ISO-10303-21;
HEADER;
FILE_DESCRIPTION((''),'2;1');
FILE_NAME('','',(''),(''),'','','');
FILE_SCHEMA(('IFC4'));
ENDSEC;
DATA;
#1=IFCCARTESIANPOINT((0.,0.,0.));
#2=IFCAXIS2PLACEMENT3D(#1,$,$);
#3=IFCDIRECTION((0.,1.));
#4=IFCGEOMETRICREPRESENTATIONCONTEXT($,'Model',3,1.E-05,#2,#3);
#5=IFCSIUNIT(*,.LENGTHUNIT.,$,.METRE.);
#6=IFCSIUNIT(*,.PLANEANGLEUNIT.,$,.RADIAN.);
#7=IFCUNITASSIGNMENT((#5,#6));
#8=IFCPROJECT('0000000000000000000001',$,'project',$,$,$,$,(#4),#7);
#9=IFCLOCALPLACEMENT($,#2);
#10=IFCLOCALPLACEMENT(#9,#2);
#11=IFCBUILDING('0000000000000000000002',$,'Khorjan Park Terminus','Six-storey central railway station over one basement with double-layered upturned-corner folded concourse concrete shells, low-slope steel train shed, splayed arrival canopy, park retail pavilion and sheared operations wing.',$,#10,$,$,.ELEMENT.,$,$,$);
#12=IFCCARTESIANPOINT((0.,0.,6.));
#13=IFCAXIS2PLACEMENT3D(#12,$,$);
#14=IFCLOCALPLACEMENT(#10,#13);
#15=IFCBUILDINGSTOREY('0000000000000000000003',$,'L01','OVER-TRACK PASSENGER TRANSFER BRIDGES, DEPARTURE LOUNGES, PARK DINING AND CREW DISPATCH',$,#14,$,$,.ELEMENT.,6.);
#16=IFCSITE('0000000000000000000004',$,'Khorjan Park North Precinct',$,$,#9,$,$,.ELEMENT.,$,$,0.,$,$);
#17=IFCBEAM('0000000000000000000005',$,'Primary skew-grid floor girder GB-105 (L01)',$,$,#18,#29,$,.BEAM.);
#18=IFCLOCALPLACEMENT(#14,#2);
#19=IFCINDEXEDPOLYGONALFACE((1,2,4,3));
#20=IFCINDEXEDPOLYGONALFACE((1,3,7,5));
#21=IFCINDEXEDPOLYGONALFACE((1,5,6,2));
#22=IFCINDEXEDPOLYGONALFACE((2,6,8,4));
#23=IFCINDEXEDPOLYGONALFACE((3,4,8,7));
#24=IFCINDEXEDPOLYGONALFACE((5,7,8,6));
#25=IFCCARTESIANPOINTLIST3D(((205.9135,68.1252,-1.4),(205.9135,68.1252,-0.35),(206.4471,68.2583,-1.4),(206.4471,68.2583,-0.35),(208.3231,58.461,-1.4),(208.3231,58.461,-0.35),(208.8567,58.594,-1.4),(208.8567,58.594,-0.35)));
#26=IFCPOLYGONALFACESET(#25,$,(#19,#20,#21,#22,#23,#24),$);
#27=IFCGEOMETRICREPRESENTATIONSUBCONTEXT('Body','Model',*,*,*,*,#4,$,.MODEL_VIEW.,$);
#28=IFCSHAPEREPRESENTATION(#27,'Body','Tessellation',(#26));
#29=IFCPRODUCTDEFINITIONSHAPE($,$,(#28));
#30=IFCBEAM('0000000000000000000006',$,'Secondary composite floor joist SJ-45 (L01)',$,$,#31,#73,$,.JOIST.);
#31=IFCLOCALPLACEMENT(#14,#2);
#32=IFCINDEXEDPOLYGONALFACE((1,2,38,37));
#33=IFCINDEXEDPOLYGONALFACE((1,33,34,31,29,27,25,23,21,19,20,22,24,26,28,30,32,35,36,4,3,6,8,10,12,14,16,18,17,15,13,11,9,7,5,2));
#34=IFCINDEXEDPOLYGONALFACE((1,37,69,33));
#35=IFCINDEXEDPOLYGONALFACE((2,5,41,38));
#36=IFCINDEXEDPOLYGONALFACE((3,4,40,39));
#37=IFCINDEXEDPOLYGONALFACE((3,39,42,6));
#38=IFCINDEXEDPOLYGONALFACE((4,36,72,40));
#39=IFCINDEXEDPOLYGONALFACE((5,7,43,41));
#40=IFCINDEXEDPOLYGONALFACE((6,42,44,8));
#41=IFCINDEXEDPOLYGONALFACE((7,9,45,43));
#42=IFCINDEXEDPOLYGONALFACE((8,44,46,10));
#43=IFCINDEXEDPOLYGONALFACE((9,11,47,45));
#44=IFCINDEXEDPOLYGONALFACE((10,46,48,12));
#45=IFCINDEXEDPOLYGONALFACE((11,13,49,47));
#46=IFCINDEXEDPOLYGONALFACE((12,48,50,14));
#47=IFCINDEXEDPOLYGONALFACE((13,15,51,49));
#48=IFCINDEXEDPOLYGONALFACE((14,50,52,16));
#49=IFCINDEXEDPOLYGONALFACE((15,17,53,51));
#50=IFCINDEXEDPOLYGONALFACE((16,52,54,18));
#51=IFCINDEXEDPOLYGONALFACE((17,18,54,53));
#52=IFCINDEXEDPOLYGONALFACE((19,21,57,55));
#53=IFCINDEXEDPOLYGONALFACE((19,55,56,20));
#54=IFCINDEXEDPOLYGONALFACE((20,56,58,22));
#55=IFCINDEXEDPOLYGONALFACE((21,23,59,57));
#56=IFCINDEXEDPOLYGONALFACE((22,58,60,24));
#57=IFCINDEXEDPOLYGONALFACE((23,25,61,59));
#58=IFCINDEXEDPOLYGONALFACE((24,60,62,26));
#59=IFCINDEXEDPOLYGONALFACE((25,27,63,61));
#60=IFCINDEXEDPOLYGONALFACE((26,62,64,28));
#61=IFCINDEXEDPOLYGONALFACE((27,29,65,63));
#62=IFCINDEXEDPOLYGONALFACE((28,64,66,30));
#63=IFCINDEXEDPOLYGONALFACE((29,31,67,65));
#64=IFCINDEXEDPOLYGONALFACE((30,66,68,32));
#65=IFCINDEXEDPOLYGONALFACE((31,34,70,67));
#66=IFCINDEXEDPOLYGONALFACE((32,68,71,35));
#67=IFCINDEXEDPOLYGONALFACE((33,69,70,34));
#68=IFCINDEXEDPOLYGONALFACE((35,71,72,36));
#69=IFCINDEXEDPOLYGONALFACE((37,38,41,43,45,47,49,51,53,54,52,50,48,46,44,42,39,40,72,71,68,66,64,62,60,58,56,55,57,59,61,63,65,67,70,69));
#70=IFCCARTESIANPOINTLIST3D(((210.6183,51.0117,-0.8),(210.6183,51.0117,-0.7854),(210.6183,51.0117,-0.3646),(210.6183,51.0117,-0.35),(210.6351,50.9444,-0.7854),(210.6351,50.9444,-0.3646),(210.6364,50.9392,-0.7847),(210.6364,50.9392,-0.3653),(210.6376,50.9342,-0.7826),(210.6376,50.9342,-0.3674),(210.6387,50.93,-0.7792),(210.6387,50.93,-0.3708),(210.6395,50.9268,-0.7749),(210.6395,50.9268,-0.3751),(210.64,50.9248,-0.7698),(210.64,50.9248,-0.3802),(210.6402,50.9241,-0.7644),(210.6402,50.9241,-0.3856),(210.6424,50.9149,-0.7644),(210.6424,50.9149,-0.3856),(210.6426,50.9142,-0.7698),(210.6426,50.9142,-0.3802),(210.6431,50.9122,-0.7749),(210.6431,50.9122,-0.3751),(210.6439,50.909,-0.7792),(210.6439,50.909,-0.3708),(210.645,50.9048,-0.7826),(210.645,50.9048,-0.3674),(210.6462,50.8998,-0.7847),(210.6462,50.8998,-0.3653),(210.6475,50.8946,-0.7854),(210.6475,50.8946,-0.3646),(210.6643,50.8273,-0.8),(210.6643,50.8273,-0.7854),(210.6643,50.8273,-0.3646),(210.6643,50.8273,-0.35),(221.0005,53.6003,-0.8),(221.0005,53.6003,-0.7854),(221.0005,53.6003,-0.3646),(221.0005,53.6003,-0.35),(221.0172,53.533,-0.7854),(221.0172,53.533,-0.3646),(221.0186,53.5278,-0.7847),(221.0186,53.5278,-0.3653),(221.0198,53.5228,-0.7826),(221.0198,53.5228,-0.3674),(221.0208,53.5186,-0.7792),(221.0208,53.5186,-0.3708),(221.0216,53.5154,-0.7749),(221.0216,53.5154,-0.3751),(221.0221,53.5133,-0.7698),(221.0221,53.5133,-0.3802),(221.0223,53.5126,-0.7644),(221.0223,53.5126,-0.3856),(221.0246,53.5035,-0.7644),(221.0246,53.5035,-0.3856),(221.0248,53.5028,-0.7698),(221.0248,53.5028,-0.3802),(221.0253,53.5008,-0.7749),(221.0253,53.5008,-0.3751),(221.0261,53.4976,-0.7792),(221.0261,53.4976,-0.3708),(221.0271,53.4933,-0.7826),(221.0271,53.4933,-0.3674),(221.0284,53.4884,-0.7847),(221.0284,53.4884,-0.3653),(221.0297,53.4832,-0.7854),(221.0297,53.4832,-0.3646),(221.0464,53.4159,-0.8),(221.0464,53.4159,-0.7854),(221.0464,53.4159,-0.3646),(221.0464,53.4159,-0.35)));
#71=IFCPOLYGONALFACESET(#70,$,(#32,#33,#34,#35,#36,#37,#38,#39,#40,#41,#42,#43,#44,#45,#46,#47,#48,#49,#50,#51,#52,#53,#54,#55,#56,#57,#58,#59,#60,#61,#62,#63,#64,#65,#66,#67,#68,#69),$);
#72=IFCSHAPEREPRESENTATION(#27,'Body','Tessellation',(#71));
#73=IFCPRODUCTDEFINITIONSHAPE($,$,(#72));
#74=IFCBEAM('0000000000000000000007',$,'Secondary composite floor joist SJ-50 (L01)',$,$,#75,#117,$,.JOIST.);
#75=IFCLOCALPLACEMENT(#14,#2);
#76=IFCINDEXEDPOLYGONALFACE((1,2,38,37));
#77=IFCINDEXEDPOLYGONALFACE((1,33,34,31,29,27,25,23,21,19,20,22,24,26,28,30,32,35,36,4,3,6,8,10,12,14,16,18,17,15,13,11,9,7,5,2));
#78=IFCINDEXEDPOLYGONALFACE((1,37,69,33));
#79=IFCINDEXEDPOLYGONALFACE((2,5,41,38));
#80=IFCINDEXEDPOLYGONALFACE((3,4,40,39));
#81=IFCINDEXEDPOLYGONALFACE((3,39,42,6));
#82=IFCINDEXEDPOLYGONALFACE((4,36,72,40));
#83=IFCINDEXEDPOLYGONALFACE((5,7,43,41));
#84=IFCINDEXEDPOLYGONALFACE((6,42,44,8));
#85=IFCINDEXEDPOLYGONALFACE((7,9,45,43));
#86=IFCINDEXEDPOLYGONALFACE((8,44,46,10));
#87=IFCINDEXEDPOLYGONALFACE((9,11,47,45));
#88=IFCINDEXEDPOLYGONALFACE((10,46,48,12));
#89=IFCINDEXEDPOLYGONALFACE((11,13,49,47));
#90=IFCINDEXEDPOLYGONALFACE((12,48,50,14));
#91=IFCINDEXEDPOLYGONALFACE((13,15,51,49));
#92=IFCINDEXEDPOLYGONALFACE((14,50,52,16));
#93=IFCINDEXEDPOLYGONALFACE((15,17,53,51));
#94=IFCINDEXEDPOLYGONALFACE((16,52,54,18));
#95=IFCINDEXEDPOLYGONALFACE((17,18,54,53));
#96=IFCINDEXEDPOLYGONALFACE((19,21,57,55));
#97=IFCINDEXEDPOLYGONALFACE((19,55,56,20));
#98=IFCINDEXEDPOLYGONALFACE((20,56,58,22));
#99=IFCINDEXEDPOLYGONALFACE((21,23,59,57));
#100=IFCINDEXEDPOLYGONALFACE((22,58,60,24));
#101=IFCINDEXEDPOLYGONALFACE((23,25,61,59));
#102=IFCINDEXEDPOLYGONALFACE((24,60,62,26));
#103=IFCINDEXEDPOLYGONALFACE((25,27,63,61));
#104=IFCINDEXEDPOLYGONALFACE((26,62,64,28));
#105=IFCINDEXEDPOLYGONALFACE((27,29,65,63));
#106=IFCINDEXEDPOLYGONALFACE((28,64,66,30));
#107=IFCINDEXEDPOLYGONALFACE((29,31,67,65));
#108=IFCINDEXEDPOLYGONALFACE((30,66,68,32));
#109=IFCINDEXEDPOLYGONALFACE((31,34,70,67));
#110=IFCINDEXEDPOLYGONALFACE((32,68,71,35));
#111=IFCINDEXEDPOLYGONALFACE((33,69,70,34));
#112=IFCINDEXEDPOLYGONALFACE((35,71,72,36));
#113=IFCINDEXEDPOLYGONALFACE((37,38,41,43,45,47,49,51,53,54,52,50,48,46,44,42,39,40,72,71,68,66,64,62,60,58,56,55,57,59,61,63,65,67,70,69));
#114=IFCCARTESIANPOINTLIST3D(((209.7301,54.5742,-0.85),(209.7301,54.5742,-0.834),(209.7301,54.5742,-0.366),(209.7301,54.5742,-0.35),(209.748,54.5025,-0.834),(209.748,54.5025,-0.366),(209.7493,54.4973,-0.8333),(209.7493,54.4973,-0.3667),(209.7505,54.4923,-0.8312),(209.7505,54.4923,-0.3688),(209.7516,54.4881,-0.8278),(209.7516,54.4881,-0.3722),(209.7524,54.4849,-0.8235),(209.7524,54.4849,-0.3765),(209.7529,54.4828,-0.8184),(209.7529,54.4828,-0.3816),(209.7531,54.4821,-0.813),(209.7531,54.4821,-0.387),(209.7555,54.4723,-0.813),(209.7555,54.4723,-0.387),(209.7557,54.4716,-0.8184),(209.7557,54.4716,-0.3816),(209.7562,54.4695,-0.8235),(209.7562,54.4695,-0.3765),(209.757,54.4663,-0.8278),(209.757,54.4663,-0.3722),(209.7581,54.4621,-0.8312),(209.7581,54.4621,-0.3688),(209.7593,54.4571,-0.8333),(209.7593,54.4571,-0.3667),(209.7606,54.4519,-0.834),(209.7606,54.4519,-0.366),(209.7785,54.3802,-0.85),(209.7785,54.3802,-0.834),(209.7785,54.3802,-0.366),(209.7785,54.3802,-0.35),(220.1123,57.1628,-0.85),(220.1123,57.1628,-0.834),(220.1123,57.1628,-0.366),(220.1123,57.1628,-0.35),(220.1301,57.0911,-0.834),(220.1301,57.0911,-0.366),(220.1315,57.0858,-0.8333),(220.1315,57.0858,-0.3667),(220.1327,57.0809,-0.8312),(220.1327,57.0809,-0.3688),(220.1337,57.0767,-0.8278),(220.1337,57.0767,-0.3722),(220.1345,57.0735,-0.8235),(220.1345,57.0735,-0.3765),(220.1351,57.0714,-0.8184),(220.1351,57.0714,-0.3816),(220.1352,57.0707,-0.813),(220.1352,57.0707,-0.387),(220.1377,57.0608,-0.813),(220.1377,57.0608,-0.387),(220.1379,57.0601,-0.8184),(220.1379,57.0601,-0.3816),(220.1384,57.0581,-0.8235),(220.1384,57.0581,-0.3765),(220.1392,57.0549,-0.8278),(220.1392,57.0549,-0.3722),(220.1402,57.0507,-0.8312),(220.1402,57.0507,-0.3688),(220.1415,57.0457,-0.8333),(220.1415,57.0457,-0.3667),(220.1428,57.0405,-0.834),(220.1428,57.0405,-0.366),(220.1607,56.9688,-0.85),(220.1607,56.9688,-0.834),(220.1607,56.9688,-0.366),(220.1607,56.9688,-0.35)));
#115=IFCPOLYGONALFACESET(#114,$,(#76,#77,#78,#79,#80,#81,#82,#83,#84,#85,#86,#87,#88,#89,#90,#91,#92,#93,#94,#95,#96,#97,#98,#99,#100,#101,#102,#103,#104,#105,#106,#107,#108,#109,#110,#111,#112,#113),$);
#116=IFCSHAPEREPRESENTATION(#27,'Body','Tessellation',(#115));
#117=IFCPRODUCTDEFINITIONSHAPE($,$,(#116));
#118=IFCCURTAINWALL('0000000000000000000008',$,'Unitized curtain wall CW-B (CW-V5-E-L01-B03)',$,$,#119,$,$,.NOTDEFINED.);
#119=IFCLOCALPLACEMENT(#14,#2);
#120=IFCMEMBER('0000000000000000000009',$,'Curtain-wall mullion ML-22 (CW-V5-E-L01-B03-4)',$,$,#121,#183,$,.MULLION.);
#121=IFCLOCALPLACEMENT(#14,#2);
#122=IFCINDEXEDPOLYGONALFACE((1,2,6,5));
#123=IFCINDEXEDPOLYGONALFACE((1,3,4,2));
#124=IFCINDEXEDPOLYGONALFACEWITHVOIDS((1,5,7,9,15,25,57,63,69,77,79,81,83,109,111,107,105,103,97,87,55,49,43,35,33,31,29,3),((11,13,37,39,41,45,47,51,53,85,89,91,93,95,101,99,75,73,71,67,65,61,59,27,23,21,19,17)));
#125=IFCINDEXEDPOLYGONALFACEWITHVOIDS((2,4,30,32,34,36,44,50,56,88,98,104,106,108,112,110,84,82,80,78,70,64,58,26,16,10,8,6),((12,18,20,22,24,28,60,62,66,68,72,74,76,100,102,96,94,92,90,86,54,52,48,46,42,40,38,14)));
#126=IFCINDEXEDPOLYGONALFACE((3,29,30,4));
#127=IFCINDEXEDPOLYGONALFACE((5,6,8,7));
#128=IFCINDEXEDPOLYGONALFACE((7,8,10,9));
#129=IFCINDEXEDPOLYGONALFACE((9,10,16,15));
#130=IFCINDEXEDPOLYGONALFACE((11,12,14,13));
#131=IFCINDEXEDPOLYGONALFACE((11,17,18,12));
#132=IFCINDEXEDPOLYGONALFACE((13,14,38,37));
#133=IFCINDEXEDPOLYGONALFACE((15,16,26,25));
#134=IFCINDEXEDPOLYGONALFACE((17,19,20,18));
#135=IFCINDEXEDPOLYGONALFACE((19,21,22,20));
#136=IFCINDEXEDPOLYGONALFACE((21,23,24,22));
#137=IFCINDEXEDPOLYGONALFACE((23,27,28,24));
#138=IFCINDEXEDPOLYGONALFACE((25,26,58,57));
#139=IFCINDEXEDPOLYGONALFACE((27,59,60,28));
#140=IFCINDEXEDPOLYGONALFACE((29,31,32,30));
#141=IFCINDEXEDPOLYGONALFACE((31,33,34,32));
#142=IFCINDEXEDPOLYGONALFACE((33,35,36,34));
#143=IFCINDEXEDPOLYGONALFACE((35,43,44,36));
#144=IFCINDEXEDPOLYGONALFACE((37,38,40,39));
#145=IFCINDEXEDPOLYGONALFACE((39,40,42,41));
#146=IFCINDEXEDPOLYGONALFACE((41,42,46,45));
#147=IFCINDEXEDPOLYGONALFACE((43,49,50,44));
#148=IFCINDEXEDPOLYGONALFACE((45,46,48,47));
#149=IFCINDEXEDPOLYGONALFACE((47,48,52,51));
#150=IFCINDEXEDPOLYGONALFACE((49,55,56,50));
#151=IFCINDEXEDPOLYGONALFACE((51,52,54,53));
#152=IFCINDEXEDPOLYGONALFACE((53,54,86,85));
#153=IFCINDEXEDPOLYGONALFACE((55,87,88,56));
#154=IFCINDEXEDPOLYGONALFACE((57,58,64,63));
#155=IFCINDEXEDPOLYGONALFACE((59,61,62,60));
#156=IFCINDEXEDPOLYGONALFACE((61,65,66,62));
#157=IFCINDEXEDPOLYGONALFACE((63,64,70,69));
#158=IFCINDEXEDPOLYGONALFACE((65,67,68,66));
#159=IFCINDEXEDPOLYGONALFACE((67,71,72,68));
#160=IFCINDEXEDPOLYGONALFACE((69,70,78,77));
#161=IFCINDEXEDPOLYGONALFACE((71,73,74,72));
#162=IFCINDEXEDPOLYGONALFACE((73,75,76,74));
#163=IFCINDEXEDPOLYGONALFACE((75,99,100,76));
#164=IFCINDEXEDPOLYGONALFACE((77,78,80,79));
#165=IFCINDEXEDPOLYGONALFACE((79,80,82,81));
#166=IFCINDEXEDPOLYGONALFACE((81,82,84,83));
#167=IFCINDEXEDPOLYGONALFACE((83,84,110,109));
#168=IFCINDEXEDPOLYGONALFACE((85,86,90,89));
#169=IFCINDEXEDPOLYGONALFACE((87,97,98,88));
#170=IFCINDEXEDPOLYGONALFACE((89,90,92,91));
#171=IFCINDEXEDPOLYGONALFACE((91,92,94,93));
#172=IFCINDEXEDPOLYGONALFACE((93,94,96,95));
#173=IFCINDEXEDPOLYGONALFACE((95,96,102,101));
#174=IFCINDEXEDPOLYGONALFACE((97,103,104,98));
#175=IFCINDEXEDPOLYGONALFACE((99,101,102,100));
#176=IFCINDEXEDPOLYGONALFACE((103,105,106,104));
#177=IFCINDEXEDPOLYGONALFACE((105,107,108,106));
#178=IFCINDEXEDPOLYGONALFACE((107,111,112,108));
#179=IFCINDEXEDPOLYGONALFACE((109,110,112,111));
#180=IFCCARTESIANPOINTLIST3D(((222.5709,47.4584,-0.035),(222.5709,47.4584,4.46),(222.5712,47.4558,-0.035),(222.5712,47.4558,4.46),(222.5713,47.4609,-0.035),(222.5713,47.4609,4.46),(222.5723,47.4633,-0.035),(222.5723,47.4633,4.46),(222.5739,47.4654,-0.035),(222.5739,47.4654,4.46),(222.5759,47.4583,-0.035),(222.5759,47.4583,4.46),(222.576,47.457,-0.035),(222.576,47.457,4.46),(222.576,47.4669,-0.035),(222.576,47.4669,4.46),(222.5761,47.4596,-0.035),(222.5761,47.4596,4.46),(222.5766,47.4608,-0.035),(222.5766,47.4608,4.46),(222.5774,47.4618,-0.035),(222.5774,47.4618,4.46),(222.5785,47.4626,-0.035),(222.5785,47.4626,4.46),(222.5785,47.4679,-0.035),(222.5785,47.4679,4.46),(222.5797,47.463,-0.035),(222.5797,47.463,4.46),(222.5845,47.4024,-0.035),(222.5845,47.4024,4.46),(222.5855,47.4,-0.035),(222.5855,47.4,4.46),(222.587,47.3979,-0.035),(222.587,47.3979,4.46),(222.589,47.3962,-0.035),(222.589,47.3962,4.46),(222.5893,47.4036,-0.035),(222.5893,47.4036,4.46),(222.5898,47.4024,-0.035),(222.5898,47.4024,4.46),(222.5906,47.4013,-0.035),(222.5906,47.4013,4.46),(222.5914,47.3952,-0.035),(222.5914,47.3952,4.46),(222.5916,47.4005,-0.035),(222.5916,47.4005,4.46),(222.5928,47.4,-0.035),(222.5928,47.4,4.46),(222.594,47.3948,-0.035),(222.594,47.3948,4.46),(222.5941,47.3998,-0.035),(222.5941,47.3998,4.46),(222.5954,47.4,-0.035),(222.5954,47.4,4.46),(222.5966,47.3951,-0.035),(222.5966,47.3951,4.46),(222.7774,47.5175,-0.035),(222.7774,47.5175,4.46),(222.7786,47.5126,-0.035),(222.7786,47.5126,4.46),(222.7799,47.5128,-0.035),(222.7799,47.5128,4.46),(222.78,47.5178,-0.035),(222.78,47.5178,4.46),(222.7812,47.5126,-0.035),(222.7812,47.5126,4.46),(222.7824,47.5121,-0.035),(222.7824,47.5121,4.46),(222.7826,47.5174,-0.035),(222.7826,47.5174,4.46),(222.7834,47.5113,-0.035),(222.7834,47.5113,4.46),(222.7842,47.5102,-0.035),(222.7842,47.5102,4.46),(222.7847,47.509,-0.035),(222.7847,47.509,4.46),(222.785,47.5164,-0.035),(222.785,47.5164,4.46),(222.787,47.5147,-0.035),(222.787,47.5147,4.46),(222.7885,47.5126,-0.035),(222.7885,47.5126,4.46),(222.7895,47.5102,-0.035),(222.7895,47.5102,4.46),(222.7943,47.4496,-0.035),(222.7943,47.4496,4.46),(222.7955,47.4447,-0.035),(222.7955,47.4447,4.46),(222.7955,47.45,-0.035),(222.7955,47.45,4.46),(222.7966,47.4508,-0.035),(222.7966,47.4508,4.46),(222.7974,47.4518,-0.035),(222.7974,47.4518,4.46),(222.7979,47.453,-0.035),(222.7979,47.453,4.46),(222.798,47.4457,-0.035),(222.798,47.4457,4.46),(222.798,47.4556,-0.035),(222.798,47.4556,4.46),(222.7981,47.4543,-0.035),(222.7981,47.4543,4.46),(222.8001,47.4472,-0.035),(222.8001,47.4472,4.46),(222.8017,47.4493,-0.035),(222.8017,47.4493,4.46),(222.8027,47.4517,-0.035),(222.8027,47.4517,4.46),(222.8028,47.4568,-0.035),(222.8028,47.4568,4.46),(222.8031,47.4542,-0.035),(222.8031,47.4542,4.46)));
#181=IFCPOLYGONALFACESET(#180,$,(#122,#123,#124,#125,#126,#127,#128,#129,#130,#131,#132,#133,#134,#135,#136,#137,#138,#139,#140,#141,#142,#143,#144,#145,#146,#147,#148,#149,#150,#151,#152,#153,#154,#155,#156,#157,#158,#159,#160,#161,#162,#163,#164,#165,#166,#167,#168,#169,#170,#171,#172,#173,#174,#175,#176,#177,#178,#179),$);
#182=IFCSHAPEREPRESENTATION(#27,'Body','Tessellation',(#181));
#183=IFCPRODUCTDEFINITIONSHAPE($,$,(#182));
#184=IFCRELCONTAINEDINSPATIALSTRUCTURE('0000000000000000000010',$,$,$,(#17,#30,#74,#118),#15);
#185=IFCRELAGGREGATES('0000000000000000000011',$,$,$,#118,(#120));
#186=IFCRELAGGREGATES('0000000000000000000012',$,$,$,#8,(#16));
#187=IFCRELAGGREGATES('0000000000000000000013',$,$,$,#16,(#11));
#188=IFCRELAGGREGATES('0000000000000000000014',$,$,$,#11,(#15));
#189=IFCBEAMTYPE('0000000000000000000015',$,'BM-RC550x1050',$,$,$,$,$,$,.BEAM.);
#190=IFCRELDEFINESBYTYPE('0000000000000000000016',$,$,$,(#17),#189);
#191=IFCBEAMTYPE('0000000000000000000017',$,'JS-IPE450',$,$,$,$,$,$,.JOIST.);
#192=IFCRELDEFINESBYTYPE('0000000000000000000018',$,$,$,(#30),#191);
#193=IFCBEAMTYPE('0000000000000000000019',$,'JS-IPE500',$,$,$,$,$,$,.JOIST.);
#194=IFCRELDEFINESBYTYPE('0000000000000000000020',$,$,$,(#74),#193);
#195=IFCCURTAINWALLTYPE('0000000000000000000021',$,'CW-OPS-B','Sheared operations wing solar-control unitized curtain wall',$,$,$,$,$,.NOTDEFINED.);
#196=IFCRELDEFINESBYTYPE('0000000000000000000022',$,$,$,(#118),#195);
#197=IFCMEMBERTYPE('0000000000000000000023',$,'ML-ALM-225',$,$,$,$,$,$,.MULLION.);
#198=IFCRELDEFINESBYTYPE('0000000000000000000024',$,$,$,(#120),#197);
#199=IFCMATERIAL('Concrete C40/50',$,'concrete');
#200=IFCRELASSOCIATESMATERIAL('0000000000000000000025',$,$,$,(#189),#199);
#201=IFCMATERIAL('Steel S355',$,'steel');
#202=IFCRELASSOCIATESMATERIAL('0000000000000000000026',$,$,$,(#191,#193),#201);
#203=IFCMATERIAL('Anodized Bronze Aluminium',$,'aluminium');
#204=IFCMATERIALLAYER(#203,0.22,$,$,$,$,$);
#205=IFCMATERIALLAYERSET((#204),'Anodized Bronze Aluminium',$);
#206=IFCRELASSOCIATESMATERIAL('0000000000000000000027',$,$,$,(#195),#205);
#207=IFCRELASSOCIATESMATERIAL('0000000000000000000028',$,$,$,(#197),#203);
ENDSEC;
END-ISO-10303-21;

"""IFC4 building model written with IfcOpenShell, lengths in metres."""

from ifc_helpers import new_model, si_unit, direction, frame, origin, origin_2d, place, context, subcontext, project, spatial, rectangle, hollow_rectangle, i_section, extrude, material, layer, layer_set, material_profile, profile_set, type_object, element, aggregate, save


model = new_model("IFC4")

# Units and contexts
model_context = context("Model", 3, precision=1e-05, world=origin(), true_north=direction((0.0, 1.0)))
body_context = subcontext(model_context, "Body", "Model", "MODEL_VIEW")
ifc_project = project(units=[si_unit("LENGTHUNIT", "METRE"), si_unit("PLANEANGLEUNIT", "RADIAN")], contexts=[model_context])

# Site, building, storey
site_placement = place(None, origin())
site = spatial("IfcSite", under=ifc_project, at=site_placement, Name="Khorjan Park North Precinct", CompositionType="ELEMENT", RefElevation=0.0)
building_placement = place(site_placement, origin())
building = spatial("IfcBuilding", under=site, at=building_placement, Name="Khorjan Park Terminus", Description="Six-storey central railway station over one basement with double-layered upturned-corner folded concourse concrete shells, low-slope steel train shed, splayed arrival canopy, park retail pavilion and sheared operations wing.", CompositionType="ELEMENT")
storey_placement = place(building_placement, frame((0.0, 0.0, 6.0)))
storey = spatial("IfcBuildingStorey", under=building, at=storey_placement, Name="L01", Description="OVER-TRACK PASSENGER TRANSFER BRIDGES, DEPARTURE LOUNGES, PARK DINING AND CREW DISPATCH", CompositionType="ELEMENT", Elevation=6.0)

# Beams
ifc_material_1 = material(Name="Steel S355", Category="steel")
ifc_material_2 = material(Name="Concrete C40/50", Category="concrete")
ifc_material_profile_1 = material_profile(ifc_material_2, rectangle(XDim=0.55, YDim=1.05, at=origin_2d()), Name="RC 550x1050")
ifc_profile_set_1 = profile_set([ifc_material_profile_1], Name="Concrete C40/50")
beam_type_1 = type_object("IfcBeamType", Name="BM-RC550x1050", PredefinedType="BEAM", material=ifc_profile_set_1)
beam_1_placement = place(storey_placement, frame((208.5899, 58.5275, -0.875), z_axis=(-0.241926, 0.970295, 0.0), x_axis=(-0.970295, -0.241926, 0.0)))
element("IfcBeam", 1, at=beam_1_placement, inside=storey, type_object=beam_type_1, Name="Primary skew-grid floor girder GB-105 (L01)", PredefinedType="BEAM", context=body_context, shape_type="SweptSolid", body=[
    extrude(rectangle(XDim=0.55, YDim=1.05, at=origin_2d()), origin(), (0.0, 0.0, 1.0), 9.9601),
])
ifc_material_profile_2 = material_profile(ifc_material_1, i_section(OverallWidth=0.19, OverallDepth=0.45, WebThickness=0.0094, FlangeThickness=0.0146, FilletRadius=0.021, at=origin_2d()), Name="IPE 450")
ifc_profile_set_2 = profile_set([ifc_material_profile_2], Name="Steel S355")
beam_type_2 = type_object("IfcBeamType", Name="JS-IPE450", PredefinedType="JOIST", material=ifc_profile_set_2)
beam_2_placement = place(storey_placement, frame((210.6413, 50.9195, -0.575), z_axis=(0.970295, 0.241924, 0.0), x_axis=(-0.241924, 0.970295, 0.0)))
element("IfcBeam", 2, at=beam_2_placement, inside=storey, type_object=beam_type_2, Name="Secondary composite floor joist SJ-45 (L01)", PredefinedType="JOIST", context=body_context, shape_type="SweptSolid", body=[
    extrude(i_section(OverallWidth=0.19, OverallDepth=0.45, WebThickness=0.0094, FlangeThickness=0.0146, FilletRadius=0.021, at=origin_2d()), origin(), (0.0, 0.0, 1.0), 10.7),
])
ifc_material_profile_3 = material_profile(ifc_material_1, i_section(OverallWidth=0.2, OverallDepth=0.5, WebThickness=0.0102, FlangeThickness=0.016, FilletRadius=0.021, at=origin_2d()), Name="IPE 500")
ifc_profile_set_3 = profile_set([ifc_material_profile_3], Name="Steel S355")
beam_type_3 = type_object("IfcBeamType", Name="JS-IPE500", PredefinedType="JOIST", material=ifc_profile_set_3)
beam_3_placement = place(storey_placement, frame((209.7543, 54.4772, -0.6), z_axis=(0.970295, 0.241924, 0.0), x_axis=(-0.241924, 0.970295, 0.0)))
element("IfcBeam", 3, at=beam_3_placement, inside=storey, type_object=beam_type_3, Name="Secondary composite floor joist SJ-50 (L01)", PredefinedType="JOIST", context=body_context, shape_type="SweptSolid", body=[
    extrude(i_section(OverallWidth=0.2, OverallDepth=0.5, WebThickness=0.0102, FlangeThickness=0.016, FilletRadius=0.021, at=origin_2d()), origin(), (0.0, 0.0, 1.0), 10.7),
])

# Curtain wall, member
ifc_material_3 = material(Name="Anodized Bronze Aluminium", Category="aluminium")
ifc_layer_1 = layer(ifc_material_3, 0.22)
ifc_layer_set_1 = layer_set([ifc_layer_1], Name="Anodized Bronze Aluminium")
curtain_wall_type = type_object("IfcCurtainWallType", Name="CW-OPS-B", Description="Sheared operations wing solar-control unitized curtain wall", PredefinedType="NOTDEFINED", material=ifc_layer_set_1)
curtain_wall_1_placement = place(storey_placement, origin())
curtain_wall_1 = element("IfcCurtainWall", 4, at=curtain_wall_1_placement, inside=storey, type_object=curtain_wall_type, Name="Unitized curtain wall CW-B (CW-V5-E-L01-B03)", PredefinedType="NOTDEFINED")
ifc_material_profile_4 = material_profile(ifc_material_3, hollow_rectangle(XDim=0.075, YDim=0.225, WallThickness=0.005, InnerFilletRadius=0.005, OuterFilletRadius=0.01, at=origin_2d()), Name="ALM 75x225x5")
ifc_profile_set_4 = profile_set([ifc_material_profile_4], Name="Anodized Bronze Aluminium")
member_type_1 = type_object("IfcMemberType", Name="ML-ALM-225", PredefinedType="MULLION", material=ifc_profile_set_4)
member_1_placement = place(storey_placement, frame((222.687, 47.4563, -0.035), z_axis=(0.0, 0.0, 1.0), x_axis=(-0.241923, 0.970295, 0.0)))
member_1 = element("IfcMember", 5, at=member_1_placement, type_object=member_type_1, Name="Curtain-wall mullion ML-22 (CW-V5-E-L01-B03-4)", PredefinedType="MULLION", context=body_context, shape_type="SweptSolid", body=[
    extrude(hollow_rectangle(XDim=0.075, YDim=0.225, WallThickness=0.005, InnerFilletRadius=0.005, OuterFilletRadius=0.01, at=origin_2d()), origin(), (0.0, 0.0, 1.0), 4.495),
])

aggregate(curtain_wall_1, [member_1])

save(model, "model.ifc")
